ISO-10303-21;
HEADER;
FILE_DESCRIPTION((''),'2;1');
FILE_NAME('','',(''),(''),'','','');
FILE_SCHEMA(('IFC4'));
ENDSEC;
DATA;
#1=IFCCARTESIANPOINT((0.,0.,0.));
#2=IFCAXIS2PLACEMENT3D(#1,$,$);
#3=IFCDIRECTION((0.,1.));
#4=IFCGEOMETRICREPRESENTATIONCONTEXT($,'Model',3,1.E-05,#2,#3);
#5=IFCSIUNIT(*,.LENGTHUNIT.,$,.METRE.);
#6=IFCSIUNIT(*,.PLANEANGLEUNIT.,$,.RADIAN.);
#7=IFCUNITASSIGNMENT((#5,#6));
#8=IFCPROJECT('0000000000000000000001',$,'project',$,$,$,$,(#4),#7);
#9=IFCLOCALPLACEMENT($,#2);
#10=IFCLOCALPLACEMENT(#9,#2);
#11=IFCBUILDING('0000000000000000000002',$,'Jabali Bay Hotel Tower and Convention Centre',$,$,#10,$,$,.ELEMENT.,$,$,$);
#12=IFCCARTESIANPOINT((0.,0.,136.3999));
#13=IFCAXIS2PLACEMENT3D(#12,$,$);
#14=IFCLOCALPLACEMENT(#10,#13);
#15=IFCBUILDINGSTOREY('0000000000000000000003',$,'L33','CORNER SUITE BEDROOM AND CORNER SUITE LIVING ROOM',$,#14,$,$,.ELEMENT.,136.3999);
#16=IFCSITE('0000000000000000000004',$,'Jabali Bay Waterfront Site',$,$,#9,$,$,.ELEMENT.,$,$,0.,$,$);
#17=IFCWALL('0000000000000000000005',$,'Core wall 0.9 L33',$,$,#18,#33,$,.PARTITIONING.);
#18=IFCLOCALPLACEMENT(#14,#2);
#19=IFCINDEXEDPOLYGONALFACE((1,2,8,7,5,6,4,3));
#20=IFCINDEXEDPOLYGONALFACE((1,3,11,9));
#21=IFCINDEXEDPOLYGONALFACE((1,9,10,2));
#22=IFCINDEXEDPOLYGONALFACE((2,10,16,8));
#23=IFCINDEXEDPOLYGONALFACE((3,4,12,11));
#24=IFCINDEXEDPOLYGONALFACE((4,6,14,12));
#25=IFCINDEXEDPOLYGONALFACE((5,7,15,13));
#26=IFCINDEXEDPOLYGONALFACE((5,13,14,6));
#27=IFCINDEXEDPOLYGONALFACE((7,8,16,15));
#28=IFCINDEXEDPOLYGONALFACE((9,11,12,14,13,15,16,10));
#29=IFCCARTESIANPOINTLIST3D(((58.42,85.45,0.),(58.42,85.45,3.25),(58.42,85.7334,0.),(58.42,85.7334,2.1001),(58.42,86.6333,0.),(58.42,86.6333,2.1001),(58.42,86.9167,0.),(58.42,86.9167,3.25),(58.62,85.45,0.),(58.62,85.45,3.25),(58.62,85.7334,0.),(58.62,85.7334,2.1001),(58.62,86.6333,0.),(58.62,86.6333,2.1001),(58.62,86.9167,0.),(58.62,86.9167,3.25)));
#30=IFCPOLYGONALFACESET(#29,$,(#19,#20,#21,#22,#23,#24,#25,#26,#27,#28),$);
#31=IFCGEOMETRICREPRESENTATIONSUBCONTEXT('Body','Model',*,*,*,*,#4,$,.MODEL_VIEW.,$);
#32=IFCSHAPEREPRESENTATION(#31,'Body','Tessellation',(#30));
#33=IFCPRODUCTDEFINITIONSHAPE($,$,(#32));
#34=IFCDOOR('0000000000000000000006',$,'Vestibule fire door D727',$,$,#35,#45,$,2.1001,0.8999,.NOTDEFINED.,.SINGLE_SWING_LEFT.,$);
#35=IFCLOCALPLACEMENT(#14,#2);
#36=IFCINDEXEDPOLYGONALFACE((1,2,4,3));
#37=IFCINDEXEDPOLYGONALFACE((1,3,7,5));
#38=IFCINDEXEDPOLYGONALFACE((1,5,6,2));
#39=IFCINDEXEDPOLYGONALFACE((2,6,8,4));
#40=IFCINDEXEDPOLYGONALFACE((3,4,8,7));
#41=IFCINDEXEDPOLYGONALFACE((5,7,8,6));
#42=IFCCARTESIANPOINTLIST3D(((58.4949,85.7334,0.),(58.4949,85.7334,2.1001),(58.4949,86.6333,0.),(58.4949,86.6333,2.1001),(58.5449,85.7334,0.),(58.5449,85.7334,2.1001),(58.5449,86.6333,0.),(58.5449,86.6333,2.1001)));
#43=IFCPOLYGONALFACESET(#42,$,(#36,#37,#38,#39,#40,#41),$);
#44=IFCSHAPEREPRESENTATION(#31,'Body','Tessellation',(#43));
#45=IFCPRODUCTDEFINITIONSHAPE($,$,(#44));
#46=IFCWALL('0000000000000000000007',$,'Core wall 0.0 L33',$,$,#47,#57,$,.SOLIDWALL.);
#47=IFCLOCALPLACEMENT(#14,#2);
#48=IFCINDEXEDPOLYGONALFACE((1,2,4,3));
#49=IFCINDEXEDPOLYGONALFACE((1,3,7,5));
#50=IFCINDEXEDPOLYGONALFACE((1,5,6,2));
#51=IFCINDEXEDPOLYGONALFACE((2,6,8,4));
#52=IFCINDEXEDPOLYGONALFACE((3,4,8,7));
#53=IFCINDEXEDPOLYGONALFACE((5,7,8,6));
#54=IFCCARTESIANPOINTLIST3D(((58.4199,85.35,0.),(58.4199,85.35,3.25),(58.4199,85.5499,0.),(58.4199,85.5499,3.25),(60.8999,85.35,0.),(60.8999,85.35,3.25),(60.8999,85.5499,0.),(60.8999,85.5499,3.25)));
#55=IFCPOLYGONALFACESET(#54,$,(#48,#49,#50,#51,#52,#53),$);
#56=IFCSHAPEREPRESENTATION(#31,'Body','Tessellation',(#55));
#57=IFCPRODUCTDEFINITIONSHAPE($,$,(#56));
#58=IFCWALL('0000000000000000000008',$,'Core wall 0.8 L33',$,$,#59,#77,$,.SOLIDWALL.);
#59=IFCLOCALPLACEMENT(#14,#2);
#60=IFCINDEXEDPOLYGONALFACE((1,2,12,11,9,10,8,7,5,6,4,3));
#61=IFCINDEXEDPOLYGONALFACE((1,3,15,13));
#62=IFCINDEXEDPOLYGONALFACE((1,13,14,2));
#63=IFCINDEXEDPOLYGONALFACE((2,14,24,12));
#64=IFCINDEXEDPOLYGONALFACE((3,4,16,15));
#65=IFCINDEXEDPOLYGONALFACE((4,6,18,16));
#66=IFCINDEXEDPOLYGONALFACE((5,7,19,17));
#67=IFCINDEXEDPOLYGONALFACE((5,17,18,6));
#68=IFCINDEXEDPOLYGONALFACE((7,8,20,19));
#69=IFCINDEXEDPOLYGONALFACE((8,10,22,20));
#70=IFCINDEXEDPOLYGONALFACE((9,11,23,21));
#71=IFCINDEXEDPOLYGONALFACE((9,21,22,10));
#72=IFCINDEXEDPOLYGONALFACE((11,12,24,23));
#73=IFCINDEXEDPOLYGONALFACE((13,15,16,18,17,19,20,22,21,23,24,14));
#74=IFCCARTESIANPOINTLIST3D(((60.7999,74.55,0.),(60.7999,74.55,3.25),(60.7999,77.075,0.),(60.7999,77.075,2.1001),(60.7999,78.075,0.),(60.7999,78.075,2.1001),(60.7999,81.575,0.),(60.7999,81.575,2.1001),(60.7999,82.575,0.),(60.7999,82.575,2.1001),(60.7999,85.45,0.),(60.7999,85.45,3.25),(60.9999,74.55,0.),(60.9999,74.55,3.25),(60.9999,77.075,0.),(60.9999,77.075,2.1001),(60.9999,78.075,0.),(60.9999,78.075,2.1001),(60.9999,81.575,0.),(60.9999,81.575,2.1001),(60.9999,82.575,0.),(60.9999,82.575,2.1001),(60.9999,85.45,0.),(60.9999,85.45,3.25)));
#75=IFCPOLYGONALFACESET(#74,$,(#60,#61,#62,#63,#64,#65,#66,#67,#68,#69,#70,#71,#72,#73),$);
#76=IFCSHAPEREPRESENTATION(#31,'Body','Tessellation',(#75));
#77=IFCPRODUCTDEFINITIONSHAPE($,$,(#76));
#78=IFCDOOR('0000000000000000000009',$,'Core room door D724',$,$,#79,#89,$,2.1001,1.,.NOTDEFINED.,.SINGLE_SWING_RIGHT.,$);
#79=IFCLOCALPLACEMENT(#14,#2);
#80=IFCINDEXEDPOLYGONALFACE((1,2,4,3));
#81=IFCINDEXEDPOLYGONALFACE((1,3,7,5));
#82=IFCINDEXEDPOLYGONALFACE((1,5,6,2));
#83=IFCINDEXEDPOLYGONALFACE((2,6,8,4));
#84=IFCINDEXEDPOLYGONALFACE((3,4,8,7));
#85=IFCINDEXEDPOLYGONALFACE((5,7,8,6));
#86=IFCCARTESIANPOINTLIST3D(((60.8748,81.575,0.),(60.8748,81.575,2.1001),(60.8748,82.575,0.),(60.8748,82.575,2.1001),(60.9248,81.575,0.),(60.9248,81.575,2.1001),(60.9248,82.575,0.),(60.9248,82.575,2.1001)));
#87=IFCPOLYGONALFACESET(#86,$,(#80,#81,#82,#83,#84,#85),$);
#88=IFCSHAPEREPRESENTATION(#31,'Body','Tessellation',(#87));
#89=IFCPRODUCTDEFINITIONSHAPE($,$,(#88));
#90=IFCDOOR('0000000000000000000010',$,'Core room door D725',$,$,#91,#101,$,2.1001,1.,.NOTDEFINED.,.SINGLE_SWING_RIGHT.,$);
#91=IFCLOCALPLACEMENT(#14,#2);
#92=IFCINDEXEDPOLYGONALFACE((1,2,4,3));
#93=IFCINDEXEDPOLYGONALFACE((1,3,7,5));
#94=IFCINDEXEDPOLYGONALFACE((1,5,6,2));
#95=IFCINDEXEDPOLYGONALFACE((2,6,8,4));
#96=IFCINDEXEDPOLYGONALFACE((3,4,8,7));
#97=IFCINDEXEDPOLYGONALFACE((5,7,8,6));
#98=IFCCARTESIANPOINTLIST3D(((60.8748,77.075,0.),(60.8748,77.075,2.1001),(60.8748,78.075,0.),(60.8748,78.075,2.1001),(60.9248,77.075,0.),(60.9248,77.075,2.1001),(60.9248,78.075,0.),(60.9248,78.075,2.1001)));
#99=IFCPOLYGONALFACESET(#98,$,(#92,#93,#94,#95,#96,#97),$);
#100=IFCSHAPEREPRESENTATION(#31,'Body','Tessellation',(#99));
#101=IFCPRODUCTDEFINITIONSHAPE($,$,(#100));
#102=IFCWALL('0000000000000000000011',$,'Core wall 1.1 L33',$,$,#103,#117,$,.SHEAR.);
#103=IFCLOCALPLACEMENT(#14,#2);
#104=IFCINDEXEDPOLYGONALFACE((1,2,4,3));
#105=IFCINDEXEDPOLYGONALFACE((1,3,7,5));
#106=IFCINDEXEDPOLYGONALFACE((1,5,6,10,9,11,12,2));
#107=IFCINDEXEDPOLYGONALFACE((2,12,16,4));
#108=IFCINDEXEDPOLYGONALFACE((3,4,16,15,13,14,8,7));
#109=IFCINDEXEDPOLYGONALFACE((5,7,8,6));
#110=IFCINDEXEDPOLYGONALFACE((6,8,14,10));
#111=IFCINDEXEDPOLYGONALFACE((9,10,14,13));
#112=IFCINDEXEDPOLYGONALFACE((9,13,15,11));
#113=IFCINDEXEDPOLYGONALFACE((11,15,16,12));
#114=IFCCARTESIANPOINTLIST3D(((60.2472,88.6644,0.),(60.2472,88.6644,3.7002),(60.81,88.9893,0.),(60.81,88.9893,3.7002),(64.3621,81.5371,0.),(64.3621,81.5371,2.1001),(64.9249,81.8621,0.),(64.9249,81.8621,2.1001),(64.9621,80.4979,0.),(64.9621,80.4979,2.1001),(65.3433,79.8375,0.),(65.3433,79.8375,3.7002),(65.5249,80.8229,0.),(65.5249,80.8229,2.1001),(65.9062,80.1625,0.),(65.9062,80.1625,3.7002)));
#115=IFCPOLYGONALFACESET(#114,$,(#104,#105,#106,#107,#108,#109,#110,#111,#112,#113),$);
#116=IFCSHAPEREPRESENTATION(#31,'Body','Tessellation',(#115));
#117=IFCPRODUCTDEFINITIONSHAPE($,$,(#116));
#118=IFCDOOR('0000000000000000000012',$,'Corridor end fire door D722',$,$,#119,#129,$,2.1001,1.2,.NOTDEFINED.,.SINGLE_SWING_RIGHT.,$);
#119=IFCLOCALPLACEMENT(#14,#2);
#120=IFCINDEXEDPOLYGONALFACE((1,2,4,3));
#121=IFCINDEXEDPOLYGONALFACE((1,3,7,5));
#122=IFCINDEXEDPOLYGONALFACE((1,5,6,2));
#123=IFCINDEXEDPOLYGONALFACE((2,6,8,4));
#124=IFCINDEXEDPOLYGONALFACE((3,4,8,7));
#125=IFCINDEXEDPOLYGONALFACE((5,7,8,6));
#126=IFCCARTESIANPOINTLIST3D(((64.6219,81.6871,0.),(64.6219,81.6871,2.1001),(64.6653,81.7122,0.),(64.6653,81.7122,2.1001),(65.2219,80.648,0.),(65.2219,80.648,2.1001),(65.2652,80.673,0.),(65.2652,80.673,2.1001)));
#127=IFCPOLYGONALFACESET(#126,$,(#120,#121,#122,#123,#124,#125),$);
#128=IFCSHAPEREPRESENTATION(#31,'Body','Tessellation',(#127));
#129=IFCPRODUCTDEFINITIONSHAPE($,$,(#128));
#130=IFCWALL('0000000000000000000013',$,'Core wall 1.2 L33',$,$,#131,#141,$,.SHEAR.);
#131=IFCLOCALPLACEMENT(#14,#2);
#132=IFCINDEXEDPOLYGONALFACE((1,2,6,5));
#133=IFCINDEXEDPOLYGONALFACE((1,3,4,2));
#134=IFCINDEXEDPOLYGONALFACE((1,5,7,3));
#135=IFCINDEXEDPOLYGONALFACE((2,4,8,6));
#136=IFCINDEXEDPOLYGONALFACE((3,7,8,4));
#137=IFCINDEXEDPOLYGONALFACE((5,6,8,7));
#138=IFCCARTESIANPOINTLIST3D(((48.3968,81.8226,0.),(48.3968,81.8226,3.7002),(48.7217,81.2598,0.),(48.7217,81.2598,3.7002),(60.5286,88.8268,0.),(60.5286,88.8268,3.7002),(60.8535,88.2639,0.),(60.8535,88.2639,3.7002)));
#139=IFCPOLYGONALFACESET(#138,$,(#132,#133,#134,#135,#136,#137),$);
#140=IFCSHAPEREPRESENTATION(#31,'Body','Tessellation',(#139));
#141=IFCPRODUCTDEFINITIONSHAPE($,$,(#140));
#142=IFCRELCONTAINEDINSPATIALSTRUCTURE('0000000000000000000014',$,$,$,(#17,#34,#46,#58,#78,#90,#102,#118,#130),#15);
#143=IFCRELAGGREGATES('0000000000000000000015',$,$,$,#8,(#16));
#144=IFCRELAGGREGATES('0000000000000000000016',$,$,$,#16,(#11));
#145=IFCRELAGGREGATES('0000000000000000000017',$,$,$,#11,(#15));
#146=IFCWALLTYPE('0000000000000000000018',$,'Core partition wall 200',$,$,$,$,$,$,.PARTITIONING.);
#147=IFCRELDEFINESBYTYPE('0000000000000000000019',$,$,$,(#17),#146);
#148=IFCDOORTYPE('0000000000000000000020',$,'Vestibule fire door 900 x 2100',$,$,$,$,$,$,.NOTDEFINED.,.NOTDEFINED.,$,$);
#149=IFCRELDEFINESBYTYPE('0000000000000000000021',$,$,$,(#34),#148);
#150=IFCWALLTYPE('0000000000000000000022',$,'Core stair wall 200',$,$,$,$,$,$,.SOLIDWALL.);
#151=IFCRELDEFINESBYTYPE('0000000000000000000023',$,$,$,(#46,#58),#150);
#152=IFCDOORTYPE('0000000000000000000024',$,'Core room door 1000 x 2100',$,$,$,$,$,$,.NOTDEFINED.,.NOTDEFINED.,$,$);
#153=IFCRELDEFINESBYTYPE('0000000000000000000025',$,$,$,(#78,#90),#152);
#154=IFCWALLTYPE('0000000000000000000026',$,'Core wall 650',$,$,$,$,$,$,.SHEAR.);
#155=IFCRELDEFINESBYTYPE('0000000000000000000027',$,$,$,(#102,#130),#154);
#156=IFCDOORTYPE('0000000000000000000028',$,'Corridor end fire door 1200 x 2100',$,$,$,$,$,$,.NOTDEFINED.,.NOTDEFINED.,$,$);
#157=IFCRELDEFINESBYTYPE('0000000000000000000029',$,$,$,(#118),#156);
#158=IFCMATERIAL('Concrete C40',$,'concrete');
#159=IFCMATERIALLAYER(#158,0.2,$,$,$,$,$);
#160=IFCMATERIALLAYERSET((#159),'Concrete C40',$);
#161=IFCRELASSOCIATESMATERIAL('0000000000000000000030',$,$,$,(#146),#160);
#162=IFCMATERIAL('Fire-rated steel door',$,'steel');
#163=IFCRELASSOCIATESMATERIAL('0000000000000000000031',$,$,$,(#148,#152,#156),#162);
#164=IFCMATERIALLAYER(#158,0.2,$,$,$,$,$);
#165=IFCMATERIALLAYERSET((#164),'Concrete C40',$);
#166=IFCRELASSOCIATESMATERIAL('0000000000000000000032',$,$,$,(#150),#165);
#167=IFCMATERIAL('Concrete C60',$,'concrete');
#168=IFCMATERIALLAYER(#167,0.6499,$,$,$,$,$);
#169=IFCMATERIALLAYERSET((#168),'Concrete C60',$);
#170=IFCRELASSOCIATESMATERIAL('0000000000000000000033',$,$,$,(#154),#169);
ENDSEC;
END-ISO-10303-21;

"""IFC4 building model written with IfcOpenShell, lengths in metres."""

from ifc_helpers import new_model, si_unit, direction, frame, frame_2d, origin, place, context, subcontext, project, spatial, rectangle, extrude, material, layer, layer_set, type_object, element, fill, save


model = new_model("IFC4")

# Units and contexts
model_context = context("Model", 3, precision=1e-05, world=origin(), true_north=direction((0.0, 1.0)))
body_context = subcontext(model_context, "Body", "Model", "MODEL_VIEW")
ifc_project = project(units=[si_unit("LENGTHUNIT", "METRE"), si_unit("PLANEANGLEUNIT", "RADIAN")], contexts=[model_context])

# Site, building, storey
site_placement = place(None, origin())
site = spatial("IfcSite", under=ifc_project, at=site_placement, Name="Jabali Bay Waterfront Site", CompositionType="ELEMENT", RefElevation=0.0)
building_placement = place(site_placement, origin())
building = spatial("IfcBuilding", under=site, at=building_placement, Name="Jabali Bay Hotel Tower and Convention Centre", CompositionType="ELEMENT")
storey_placement = place(building_placement, frame((0.0, 0.0, 136.3999)))
storey = spatial("IfcBuildingStorey", under=building, at=storey_placement, Name="L33", Description="CORNER SUITE BEDROOM AND CORNER SUITE LIVING ROOM", CompositionType="ELEMENT", Elevation=136.3999)

# Wall, opening, door
ifc_material_1 = material(Name="Concrete C40", Category="concrete")
ifc_layer_1 = layer(ifc_material_1, 0.2)
ifc_layer_set_1 = layer_set([ifc_layer_1], Name="Concrete C40")
wall_type_1 = type_object("IfcWallType", Name="Core partition wall 200", PredefinedType="PARTITIONING", material=ifc_layer_set_1)
wall_1_placement = place(storey_placement, frame((58.52, 86.9167, 0.0), z_axis=(0.0, 0.0, 1.0), x_axis=(0.0, -1.0, 0.0)))
wall_1 = element("IfcWall", 1, at=wall_1_placement, inside=storey, type_object=wall_type_1, Name="Core wall 0.9 L33", PredefinedType="PARTITIONING", context=body_context, shape_type="SweptSolid", body=[
    extrude(rectangle(XDim=1.4668, YDim=0.2, at=frame_2d((0.7334, 0.0))), origin(), (0.0, 0.0, 1.0), 3.25),
])
opening_1_placement = place(wall_1_placement, frame((0.2834, 0.0, 0.0)))
opening_1 = element("IfcOpeningElement", 2, at=opening_1_placement, cuts=wall_1, PredefinedType="OPENING", context=body_context, shape_type="SweptSolid", body=[
    extrude(rectangle(XDim=0.8999, YDim=2.1001, at=frame_2d((0.45, 1.05))), frame((0.0, 0.1104, 0.0), z_axis=(0.0, -1.0, 0.0), x_axis=(1.0, 0.0, 0.0)), (0.0, 0.0, 1.0), 0.2209),
])
ifc_material_2 = material(Name="Fire-rated steel door", Category="steel")
door_type_1 = type_object("IfcDoorType", Name="Vestibule fire door 900 x 2100", OperationType="NOTDEFINED", PredefinedType="NOTDEFINED", material=ifc_material_2)
door_1_placement = place(opening_1_placement, origin())
door_1 = element("IfcDoor", 3, at=door_1_placement, inside=storey, type_object=door_type_1, Name="Vestibule fire door D727", OperationType="SINGLE_SWING_LEFT", OverallHeight=2.1001, OverallWidth=0.8999, PredefinedType="NOTDEFINED", context=body_context, shape_type="SweptSolid", body=[
    extrude(rectangle(XDim=0.8999, YDim=2.1001, at=frame_2d((0.45, 1.05))), frame((0.0, 0.0249, 0.0), z_axis=(0.0, -1.0, 0.0), x_axis=(1.0, 0.0, 0.0)), (0.0, 0.0, 1.0), 0.05),
])
fill(opening_1, door_1)

# Wall
ifc_layer_2 = layer(ifc_material_1, 0.2)
ifc_layer_set_2 = layer_set([ifc_layer_2], Name="Concrete C40")
wall_type_2 = type_object("IfcWallType", Name="Core stair wall 200", PredefinedType="SOLIDWALL", material=ifc_layer_set_2)
wall_2_placement = place(storey_placement, frame((60.8999, 85.45, 0.0), z_axis=(0.0, 0.0, 1.0), x_axis=(-1.0, 0.0, 0.0)))
element("IfcWall", 4, at=wall_2_placement, inside=storey, type_object=wall_type_2, Name="Core wall 0.0 L33", PredefinedType="SOLIDWALL", context=body_context, shape_type="SweptSolid", body=[
    extrude(rectangle(XDim=2.48, YDim=0.2, at=frame_2d((1.24, 0.0))), origin(), (0.0, 0.0, 1.0), 3.25),
])

# Wall, openings, doors
wall_3_placement = place(storey_placement, frame((60.8999, 85.45, 0.0), z_axis=(0.0, 0.0, 1.0), x_axis=(0.0, -1.0, 0.0)))
wall_3 = element("IfcWall", 5, at=wall_3_placement, inside=storey, type_object=wall_type_2, Name="Core wall 0.8 L33", PredefinedType="SOLIDWALL", context=body_context, shape_type="SweptSolid", body=[
    extrude(rectangle(XDim=10.8999, YDim=0.2, at=frame_2d((5.45, 0.0))), origin(), (0.0, 0.0, 1.0), 3.25),
])
opening_2_placement = place(wall_3_placement, frame((2.875, 0.0, 0.0)))
opening_2 = element("IfcOpeningElement", 6, at=opening_2_placement, cuts=wall_3, PredefinedType="OPENING", context=body_context, shape_type="SweptSolid", body=[
    extrude(rectangle(XDim=1.0, YDim=2.1001, at=frame_2d((0.5, 1.05))), frame((0.0, 0.1104, 0.0), z_axis=(0.0, -1.0, 0.0), x_axis=(1.0, 0.0, 0.0)), (0.0, 0.0, 1.0), 0.2209),
])
opening_3_placement = place(wall_3_placement, frame((7.375, 0.0, 0.0)))
opening_3 = element("IfcOpeningElement", 7, at=opening_3_placement, cuts=wall_3, PredefinedType="OPENING", context=body_context, shape_type="SweptSolid", body=[
    extrude(rectangle(XDim=1.0, YDim=2.1001, at=frame_2d((0.5, 1.05))), frame((0.0, 0.1104, 0.0), z_axis=(0.0, -1.0, 0.0), x_axis=(1.0, 0.0, 0.0)), (0.0, 0.0, 1.0), 0.2209),
])
door_type_2 = type_object("IfcDoorType", Name="Core room door 1000 x 2100", OperationType="NOTDEFINED", PredefinedType="NOTDEFINED", material=ifc_material_2)
door_2_placement = place(opening_2_placement, origin())
door_2 = element("IfcDoor", 8, at=door_2_placement, inside=storey, type_object=door_type_2, Name="Core room door D724", OperationType="SINGLE_SWING_RIGHT", OverallHeight=2.1001, OverallWidth=1.0, PredefinedType="NOTDEFINED", context=body_context, shape_type="SweptSolid", body=[
    extrude(rectangle(XDim=1.0, YDim=2.1001, at=frame_2d((0.5, 1.05))), frame((0.0, 0.0249, 0.0), z_axis=(0.0, -1.0, 0.0), x_axis=(1.0, 0.0, 0.0)), (0.0, 0.0, 1.0), 0.05),
])
fill(opening_2, door_2)
door_3_placement = place(opening_3_placement, origin())
door_3 = element("IfcDoor", 9, at=door_3_placement, inside=storey, type_object=door_type_2, Name="Core room door D725", OperationType="SINGLE_SWING_RIGHT", OverallHeight=2.1001, OverallWidth=1.0, PredefinedType="NOTDEFINED", context=body_context, shape_type="SweptSolid", body=[
    extrude(rectangle(XDim=1.0, YDim=2.1001, at=frame_2d((0.5, 1.05))), frame((0.0, 0.0249, 0.0), z_axis=(0.0, -1.0, 0.0), x_axis=(1.0, 0.0, 0.0)), (0.0, 0.0, 1.0), 0.05),
])
fill(opening_3, door_3)

# Wall, opening, door
ifc_material_3 = material(Name="Concrete C60", Category="concrete")
ifc_layer_3 = layer(ifc_material_3, 0.6499)
ifc_layer_set_3 = layer_set([ifc_layer_3], Name="Concrete C60")
wall_type_3 = type_object("IfcWallType", Name="Core wall 650", PredefinedType="SHEAR", material=ifc_layer_set_3)
wall_4_placement = place(storey_placement, frame((65.6248, 80.0, 0.0), z_axis=(0.0, 0.0, 1.0), x_axis=(-0.499998, 0.866026, 0.0)))
wall_4 = element("IfcWall", 10, at=wall_4_placement, inside=storey, type_object=wall_type_3, Name="Core wall 1.1 L33", PredefinedType="SHEAR", context=body_context, shape_type="SweptSolid", body=[
    extrude(rectangle(XDim=10.1924, YDim=0.6499, at=frame_2d((5.0962, 0.0))), origin(), (0.0, 0.0, 1.0), 3.7002),
])
opening_4_placement = place(wall_4_placement, frame((0.7625, 0.0, 0.0)))
opening_4 = element("IfcOpeningElement", 11, at=opening_4_placement, cuts=wall_4, PredefinedType="OPENING", context=body_context, shape_type="SweptSolid", body=[
    extrude(rectangle(XDim=1.2, YDim=2.1001, at=frame_2d((0.6001, 1.05))), frame((0.0, 0.3354, 0.0), z_axis=(0.0, -1.0, 0.0), x_axis=(1.0, 0.0, 0.0)), (0.0, 0.0, 1.0), 0.6709),
])
door_type_3 = type_object("IfcDoorType", Name="Corridor end fire door 1200 x 2100", OperationType="NOTDEFINED", PredefinedType="NOTDEFINED", material=ifc_material_2)
door_4_placement = place(opening_4_placement, origin())
door_4 = element("IfcDoor", 12, at=door_4_placement, inside=storey, type_object=door_type_3, Name="Corridor end fire door D722", OperationType="SINGLE_SWING_RIGHT", OverallHeight=2.1001, OverallWidth=1.2, PredefinedType="NOTDEFINED", context=body_context, shape_type="SweptSolid", body=[
    extrude(rectangle(XDim=1.2, YDim=2.1001, at=frame_2d((0.6001, 1.05))), frame((0.0, 0.0249, 0.0), z_axis=(0.0, -1.0, 0.0), x_axis=(1.0, 0.0, 0.0)), (0.0, 0.0, 1.0), 0.05),
])
fill(opening_4, door_4)

# Wall
wall_5_placement = place(storey_placement, frame((60.6912, 88.5454, 0.0), z_axis=(0.0, 0.0, 1.0), x_axis=(-0.866031, -0.499991, 0.0)))
element("IfcWall", 13, at=wall_5_placement, inside=storey, type_object=wall_type_3, Name="Core wall 1.2 L33", PredefinedType="SHEAR", context=body_context, shape_type="SweptSolid", body=[
    extrude(rectangle(XDim=14.0085, YDim=0.6499, at=frame_2d((7.0044, 0.0))), origin(), (0.0, 0.0, 1.0), 3.7002),
])

save(model, "model.ifc")
